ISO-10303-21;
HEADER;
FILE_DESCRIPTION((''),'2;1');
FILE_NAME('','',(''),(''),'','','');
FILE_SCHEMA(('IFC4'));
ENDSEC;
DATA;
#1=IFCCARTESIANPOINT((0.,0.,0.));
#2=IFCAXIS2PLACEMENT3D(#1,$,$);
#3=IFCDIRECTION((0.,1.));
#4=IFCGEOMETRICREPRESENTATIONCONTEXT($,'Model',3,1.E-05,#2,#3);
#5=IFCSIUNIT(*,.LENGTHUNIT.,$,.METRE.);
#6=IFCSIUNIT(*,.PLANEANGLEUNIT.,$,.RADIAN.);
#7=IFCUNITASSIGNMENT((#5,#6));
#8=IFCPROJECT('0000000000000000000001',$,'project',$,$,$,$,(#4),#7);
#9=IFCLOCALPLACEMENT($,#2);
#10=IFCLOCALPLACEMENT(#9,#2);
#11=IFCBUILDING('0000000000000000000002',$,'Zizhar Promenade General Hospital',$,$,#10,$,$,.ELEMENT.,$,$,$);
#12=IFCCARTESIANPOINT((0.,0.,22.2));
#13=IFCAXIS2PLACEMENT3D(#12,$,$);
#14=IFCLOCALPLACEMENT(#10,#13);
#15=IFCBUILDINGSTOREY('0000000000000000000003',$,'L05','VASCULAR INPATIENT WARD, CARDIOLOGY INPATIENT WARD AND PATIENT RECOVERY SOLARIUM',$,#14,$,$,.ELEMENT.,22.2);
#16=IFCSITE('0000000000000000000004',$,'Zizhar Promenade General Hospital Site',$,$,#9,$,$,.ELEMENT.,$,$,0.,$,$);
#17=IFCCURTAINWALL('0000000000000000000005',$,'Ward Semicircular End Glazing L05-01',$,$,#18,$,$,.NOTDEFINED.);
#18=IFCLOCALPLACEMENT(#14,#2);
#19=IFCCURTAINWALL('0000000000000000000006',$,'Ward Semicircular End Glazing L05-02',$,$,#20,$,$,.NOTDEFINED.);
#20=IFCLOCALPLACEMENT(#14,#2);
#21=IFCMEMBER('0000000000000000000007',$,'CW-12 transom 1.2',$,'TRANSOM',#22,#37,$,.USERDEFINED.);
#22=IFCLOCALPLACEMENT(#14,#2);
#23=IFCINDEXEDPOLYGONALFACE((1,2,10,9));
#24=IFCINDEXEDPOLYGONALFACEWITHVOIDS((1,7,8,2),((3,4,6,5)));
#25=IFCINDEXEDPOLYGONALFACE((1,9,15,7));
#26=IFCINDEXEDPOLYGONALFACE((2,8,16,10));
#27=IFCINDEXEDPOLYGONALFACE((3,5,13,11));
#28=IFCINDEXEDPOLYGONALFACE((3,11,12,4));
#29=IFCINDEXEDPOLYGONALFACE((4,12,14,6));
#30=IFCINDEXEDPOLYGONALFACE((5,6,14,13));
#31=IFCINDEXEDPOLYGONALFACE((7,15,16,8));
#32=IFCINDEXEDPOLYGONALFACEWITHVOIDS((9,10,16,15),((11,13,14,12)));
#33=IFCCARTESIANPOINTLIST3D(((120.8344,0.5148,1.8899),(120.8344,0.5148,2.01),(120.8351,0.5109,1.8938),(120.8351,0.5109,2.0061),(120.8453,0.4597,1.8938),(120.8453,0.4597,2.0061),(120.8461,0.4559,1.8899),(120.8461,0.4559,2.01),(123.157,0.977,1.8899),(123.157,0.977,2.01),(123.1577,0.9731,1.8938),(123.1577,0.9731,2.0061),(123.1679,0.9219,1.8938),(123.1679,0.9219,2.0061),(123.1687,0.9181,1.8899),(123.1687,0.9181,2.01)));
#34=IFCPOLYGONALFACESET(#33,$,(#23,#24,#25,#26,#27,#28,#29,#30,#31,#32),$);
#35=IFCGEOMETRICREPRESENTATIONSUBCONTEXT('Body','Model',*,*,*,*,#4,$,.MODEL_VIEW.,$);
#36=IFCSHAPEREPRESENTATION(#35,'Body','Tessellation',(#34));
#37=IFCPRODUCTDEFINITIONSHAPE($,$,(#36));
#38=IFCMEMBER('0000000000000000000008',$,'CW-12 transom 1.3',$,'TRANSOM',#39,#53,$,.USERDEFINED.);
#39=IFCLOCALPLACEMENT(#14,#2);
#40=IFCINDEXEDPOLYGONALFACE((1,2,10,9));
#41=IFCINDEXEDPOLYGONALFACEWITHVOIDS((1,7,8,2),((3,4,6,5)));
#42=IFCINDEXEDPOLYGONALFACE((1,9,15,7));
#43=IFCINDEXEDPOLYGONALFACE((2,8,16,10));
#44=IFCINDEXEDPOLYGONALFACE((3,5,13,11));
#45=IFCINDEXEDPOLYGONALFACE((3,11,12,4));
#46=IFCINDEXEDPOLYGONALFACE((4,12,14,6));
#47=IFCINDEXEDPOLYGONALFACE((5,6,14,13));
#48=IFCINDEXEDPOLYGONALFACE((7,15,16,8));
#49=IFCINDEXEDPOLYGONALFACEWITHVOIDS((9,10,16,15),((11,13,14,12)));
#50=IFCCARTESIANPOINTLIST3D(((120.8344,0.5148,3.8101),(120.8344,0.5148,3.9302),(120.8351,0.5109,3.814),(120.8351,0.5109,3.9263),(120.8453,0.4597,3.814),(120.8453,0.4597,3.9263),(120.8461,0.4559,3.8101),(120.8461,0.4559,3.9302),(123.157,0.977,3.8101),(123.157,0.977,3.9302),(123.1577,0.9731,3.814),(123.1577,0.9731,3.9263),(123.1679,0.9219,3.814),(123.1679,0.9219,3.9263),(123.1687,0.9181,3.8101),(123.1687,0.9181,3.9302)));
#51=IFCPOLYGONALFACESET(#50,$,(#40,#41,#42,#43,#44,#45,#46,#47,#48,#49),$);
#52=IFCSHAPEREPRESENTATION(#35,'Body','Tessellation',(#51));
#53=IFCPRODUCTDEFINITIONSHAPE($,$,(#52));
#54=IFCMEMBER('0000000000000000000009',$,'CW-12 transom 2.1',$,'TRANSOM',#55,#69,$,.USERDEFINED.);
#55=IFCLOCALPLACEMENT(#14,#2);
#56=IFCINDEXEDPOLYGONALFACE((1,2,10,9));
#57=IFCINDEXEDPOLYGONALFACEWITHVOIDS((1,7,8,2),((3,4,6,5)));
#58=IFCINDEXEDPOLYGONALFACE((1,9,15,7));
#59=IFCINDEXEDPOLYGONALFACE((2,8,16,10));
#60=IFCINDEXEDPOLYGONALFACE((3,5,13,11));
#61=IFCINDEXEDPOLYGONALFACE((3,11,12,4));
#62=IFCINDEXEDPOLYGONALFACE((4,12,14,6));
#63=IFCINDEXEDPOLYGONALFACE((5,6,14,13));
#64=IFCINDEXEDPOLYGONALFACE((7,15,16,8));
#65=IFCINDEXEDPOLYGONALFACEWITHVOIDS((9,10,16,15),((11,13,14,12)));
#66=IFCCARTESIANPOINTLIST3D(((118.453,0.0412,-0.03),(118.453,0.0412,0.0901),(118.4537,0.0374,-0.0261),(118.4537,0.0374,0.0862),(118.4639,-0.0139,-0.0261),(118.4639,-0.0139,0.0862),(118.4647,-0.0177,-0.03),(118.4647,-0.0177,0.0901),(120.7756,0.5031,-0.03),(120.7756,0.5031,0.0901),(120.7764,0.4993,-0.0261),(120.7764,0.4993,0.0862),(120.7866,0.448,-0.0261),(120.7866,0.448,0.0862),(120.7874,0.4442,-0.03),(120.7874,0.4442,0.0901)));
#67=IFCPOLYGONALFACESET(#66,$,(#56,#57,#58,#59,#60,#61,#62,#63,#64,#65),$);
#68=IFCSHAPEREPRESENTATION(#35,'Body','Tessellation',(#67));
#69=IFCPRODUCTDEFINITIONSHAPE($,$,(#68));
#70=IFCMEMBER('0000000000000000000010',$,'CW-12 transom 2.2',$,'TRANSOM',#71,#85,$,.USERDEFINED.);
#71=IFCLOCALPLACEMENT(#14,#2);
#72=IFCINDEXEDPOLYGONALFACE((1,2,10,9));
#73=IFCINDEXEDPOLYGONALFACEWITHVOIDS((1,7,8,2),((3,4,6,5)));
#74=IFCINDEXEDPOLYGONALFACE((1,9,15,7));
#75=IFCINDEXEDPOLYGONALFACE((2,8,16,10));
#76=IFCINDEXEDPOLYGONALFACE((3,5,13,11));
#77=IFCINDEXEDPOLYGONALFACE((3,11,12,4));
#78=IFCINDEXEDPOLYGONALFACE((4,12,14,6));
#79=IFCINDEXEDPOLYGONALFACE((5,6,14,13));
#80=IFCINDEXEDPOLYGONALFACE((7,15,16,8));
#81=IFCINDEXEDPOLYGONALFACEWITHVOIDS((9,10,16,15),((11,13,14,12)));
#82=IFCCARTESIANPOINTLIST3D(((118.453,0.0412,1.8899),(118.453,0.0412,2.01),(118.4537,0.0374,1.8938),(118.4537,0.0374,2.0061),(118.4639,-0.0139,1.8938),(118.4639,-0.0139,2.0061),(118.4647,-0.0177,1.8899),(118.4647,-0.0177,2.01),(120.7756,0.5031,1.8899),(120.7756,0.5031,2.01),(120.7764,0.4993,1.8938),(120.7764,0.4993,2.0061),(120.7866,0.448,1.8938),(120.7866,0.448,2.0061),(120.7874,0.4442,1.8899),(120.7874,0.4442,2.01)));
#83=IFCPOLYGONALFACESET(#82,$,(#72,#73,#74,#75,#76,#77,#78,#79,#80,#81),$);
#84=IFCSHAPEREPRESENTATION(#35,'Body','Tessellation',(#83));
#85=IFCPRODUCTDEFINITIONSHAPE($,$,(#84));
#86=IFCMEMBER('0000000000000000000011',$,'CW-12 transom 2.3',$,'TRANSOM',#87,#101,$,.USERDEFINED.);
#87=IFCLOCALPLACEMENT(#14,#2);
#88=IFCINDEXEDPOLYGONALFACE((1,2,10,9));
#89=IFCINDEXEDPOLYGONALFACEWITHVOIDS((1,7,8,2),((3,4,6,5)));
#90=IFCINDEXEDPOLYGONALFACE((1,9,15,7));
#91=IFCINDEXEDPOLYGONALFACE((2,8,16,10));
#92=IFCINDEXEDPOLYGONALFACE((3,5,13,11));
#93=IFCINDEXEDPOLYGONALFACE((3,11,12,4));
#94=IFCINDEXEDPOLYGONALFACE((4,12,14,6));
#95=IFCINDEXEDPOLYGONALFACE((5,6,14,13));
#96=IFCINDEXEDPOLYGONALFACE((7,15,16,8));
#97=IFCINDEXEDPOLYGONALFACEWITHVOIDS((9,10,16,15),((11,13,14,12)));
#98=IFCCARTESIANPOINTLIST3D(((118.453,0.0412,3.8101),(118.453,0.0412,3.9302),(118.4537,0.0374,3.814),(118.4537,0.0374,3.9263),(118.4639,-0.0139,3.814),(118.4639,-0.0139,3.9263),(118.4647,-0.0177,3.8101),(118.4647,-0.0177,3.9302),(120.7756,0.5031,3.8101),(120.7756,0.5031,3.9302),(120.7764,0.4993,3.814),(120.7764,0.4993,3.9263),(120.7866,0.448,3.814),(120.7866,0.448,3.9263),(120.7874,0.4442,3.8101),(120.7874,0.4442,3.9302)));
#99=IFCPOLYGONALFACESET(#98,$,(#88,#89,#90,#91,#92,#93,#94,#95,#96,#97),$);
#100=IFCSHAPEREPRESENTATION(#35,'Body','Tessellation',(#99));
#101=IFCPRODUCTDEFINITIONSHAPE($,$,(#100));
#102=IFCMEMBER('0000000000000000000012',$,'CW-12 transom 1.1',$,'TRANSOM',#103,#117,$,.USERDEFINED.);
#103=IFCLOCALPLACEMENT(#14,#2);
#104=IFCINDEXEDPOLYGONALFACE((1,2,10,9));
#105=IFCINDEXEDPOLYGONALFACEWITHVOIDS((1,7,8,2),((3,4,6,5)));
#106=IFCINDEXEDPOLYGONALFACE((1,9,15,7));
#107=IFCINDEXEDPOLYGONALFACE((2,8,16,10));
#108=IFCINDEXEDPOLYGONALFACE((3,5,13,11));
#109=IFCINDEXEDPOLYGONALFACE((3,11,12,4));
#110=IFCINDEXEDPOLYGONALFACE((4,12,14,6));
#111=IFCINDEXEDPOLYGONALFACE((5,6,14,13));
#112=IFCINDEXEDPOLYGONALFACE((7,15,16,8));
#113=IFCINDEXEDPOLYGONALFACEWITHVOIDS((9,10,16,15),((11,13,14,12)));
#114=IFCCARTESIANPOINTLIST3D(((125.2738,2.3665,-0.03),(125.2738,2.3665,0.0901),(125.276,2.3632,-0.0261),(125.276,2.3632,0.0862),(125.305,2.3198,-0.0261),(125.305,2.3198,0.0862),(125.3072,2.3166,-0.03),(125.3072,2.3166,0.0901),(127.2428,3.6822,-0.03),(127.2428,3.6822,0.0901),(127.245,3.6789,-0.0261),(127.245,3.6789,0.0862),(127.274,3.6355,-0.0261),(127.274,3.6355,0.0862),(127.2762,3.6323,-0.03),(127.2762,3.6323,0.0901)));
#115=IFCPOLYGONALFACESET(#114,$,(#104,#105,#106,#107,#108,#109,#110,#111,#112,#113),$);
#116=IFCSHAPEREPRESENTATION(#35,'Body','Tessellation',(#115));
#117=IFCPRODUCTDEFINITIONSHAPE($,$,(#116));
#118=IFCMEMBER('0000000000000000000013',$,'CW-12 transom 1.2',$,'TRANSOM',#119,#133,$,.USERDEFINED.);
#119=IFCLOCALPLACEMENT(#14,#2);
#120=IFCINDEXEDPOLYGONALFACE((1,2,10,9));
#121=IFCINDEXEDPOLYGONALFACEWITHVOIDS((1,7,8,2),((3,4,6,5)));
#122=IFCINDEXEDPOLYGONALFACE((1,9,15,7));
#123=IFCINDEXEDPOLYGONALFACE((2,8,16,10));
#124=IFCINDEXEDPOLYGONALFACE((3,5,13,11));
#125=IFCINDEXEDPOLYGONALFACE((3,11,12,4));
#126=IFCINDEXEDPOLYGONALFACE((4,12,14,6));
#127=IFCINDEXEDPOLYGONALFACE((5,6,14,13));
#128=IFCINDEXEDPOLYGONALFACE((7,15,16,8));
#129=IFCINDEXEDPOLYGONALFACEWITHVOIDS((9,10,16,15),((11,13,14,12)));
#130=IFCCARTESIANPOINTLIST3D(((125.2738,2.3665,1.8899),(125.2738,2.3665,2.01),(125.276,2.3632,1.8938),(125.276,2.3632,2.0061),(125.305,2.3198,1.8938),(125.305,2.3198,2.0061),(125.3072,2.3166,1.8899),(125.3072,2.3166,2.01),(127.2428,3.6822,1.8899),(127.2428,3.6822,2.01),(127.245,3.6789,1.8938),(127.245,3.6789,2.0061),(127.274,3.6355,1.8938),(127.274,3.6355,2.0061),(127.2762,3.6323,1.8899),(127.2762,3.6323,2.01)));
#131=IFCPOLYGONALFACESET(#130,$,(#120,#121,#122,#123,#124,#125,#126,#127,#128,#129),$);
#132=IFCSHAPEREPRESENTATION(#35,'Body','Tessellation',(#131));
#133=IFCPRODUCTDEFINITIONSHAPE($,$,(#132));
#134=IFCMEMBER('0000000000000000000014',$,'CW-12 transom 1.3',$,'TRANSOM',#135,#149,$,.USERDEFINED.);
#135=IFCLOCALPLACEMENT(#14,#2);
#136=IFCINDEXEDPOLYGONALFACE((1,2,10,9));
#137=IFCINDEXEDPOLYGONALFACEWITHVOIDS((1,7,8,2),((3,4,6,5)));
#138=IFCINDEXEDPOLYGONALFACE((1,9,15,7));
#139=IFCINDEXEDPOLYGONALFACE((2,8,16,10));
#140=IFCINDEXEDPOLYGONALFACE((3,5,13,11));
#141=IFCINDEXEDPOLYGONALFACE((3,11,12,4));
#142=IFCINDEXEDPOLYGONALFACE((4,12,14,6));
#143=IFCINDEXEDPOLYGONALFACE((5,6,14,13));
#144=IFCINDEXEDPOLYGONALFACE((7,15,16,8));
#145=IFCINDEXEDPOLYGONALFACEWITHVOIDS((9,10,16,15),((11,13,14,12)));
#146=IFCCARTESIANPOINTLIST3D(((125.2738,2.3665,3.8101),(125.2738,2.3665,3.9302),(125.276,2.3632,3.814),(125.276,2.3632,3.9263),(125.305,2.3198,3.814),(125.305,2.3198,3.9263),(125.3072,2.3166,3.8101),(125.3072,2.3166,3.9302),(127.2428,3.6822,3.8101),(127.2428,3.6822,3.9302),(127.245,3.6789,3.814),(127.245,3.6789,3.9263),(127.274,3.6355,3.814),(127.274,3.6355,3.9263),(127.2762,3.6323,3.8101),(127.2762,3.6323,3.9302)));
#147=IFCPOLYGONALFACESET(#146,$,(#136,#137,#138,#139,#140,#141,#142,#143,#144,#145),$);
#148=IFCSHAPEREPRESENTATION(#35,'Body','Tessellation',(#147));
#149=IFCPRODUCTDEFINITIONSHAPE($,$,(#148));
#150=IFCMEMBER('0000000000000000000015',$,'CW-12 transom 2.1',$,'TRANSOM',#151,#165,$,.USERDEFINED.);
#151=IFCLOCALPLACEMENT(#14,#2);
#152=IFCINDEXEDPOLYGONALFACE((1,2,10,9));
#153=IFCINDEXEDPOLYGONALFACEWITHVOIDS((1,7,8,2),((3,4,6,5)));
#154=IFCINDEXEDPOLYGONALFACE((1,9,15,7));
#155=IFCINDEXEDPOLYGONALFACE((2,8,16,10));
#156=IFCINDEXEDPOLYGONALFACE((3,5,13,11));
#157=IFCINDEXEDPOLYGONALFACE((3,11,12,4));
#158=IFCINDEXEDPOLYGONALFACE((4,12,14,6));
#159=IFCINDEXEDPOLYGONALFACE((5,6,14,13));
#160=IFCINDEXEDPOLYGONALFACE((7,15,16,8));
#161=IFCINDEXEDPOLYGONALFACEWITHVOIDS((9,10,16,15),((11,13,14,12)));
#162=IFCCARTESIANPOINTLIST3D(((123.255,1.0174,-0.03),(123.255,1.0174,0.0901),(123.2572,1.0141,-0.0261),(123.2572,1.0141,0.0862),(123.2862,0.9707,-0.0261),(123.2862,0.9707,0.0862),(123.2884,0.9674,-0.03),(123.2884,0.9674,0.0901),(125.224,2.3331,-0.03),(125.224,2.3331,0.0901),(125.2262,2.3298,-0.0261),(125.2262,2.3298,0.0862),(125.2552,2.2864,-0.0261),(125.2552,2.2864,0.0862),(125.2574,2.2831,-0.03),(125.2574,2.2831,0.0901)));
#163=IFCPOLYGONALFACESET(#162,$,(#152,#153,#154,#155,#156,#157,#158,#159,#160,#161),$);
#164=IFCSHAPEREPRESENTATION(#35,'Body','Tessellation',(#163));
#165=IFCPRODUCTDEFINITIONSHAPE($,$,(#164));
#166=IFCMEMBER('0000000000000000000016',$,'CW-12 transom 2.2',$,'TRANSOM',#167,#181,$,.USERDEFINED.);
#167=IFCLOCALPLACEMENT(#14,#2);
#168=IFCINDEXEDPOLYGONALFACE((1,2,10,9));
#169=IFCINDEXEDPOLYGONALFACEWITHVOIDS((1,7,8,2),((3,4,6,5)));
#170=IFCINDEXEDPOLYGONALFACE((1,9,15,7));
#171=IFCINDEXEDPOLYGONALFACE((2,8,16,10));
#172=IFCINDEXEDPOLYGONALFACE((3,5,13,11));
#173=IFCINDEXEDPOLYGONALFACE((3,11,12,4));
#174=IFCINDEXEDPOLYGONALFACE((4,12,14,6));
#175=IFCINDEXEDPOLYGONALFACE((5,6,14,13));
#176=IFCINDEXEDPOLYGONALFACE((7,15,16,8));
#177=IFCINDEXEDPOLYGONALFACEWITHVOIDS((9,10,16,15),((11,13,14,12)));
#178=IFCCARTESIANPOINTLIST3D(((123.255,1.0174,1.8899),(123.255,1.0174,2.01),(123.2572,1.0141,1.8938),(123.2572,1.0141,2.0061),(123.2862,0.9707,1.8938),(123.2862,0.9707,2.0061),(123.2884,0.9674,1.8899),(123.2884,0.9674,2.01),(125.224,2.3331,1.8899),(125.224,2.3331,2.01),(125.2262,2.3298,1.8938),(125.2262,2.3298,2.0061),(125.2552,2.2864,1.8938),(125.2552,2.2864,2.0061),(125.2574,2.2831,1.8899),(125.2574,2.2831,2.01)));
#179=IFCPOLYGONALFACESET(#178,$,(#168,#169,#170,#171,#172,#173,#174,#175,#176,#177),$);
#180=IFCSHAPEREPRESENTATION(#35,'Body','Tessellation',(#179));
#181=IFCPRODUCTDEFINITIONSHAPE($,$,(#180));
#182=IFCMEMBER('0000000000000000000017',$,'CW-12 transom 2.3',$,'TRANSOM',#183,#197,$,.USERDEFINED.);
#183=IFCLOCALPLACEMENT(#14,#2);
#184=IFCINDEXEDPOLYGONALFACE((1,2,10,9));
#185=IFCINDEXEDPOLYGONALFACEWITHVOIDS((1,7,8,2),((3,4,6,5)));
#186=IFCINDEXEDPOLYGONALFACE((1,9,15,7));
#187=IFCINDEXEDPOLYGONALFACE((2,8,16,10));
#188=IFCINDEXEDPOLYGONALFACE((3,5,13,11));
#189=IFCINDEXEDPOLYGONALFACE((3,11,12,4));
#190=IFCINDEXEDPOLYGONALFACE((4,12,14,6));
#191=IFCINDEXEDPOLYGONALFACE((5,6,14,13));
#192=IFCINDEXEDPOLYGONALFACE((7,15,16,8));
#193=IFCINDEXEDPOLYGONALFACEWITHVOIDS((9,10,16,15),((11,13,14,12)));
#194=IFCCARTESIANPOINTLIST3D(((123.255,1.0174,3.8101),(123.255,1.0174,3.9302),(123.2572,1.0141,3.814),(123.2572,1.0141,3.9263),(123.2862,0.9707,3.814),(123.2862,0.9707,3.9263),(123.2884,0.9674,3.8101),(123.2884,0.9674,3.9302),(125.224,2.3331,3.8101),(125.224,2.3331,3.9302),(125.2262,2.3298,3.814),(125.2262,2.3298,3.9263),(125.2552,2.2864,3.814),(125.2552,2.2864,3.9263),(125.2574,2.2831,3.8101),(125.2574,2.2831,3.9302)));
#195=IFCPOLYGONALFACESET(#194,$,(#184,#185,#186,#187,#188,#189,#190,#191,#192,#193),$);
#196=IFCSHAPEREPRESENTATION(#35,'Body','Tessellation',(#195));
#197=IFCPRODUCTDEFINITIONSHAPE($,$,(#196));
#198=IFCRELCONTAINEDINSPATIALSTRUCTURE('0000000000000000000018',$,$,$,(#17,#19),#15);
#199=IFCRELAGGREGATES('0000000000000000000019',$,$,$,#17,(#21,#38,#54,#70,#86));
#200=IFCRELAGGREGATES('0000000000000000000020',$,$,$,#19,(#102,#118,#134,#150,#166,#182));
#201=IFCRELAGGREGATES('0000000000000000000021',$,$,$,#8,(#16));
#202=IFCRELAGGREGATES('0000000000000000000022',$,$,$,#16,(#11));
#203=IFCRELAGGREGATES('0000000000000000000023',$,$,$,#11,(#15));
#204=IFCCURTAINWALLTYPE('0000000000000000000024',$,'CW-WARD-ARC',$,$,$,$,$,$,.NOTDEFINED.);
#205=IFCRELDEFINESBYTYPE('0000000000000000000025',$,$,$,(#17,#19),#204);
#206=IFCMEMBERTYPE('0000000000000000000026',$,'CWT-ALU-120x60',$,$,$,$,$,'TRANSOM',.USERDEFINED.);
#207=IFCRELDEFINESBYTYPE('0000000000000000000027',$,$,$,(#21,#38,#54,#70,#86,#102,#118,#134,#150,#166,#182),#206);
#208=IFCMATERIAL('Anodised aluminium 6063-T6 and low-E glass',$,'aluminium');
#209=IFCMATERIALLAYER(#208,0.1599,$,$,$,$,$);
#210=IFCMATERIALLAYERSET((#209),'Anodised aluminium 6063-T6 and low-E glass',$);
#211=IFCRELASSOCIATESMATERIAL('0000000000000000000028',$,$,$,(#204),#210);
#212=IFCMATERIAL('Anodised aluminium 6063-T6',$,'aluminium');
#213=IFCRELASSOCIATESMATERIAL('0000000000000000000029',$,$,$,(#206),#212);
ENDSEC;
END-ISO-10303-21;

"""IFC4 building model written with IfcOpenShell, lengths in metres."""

from ifc_helpers import new_model, si_unit, direction, frame, origin, origin_2d, place, context, subcontext, project, spatial, hollow_rectangle, extrude, material, layer, layer_set, material_profile, profile_set, type_object, element, aggregate, save


model = new_model("IFC4")

# Units and contexts
model_context = context("Model", 3, precision=1e-05, world=origin(), true_north=direction((0.0, 1.0)))
body_context = subcontext(model_context, "Body", "Model", "MODEL_VIEW")
ifc_project = project(units=[si_unit("LENGTHUNIT", "METRE"), si_unit("PLANEANGLEUNIT", "RADIAN")], contexts=[model_context])

# Site, building, storey
site_placement = place(None, origin())
site = spatial("IfcSite", under=ifc_project, at=site_placement, Name="Zizhar Promenade General Hospital Site", CompositionType="ELEMENT", RefElevation=0.0)
building_placement = place(site_placement, origin())
building = spatial("IfcBuilding", under=site, at=building_placement, Name="Zizhar Promenade General Hospital", CompositionType="ELEMENT")
storey_placement = place(building_placement, frame((0.0, 0.0, 22.2)))
storey = spatial("IfcBuildingStorey", under=building, at=storey_placement, Name="L05", Description="VASCULAR INPATIENT WARD, CARDIOLOGY INPATIENT WARD AND PATIENT RECOVERY SOLARIUM", CompositionType="ELEMENT", Elevation=22.2)

# Curtain walls
ifc_material_1 = material(Name="Anodised aluminium 6063-T6 and low-E glass", Category="aluminium")
ifc_layer_1 = layer(ifc_material_1, 0.1599)
ifc_layer_set_1 = layer_set([ifc_layer_1], Name="Anodised aluminium 6063-T6 and low-E glass")
curtain_wall_type = type_object("IfcCurtainWallType", Name="CW-WARD-ARC", PredefinedType="NOTDEFINED", material=ifc_layer_set_1)
curtain_wall_1_placement = place(storey_placement, origin())
curtain_wall_1 = element("IfcCurtainWall", 1, at=curtain_wall_1_placement, inside=storey, type_object=curtain_wall_type, Name="Ward Semicircular End Glazing L05-01", PredefinedType="NOTDEFINED")
curtain_wall_2_placement = place(storey_placement, origin())
curtain_wall_2 = element("IfcCurtainWall", 2, at=curtain_wall_2_placement, inside=storey, type_object=curtain_wall_type, Name="Ward Semicircular End Glazing L05-02", PredefinedType="NOTDEFINED")

# Members
ifc_material_2 = material(Name="Anodised aluminium 6063-T6", Category="aluminium")
ifc_material_profile_1 = material_profile(ifc_material_2, hollow_rectangle(XDim=0.0601, YDim=0.1201, WallThickness=0.0039, at=origin_2d()))
ifc_profile_set_1 = profile_set([ifc_material_profile_1], Name="Anodised aluminium 6063-T6")
member_type_1 = type_object("IfcMemberType", Name="CWT-ALU-120x60", ElementType="TRANSOM", PredefinedType="USERDEFINED", material=ifc_profile_set_1)
member_1_placement = place(storey_placement, frame((123.1628, 0.9475, 1.95), z_axis=(-0.980771, -0.195164, 0.0), x_axis=(0.195164, -0.980771, 0.0)))
member_1 = element("IfcMember", 3, at=member_1_placement, type_object=member_type_1, Name="CW-12 transom 1.2", ObjectType="TRANSOM", PredefinedType="USERDEFINED", context=body_context, shape_type="SweptSolid", body=[
    extrude(hollow_rectangle(XDim=0.0601, YDim=0.1201, WallThickness=0.0039, at=origin_2d()), origin(), (0.0, 0.0, 1.0), 2.3682),
])
member_2_placement = place(storey_placement, frame((123.1628, 0.9475, 3.8701), z_axis=(-0.980771, -0.195164, 0.0), x_axis=(0.195164, -0.980771, 0.0)))
member_2 = element("IfcMember", 4, at=member_2_placement, type_object=member_type_1, Name="CW-12 transom 1.3", ObjectType="TRANSOM", PredefinedType="USERDEFINED", context=body_context, shape_type="SweptSolid", body=[
    extrude(hollow_rectangle(XDim=0.0601, YDim=0.1201, WallThickness=0.0039, at=origin_2d()), origin(), (0.0, 0.0, 1.0), 2.3682),
])
member_3_placement = place(storey_placement, frame((120.7815, 0.4736, 0.03), z_axis=(-0.980794, -0.195045, 0.0), x_axis=(0.195045, -0.980794, 0.0)))
member_3 = element("IfcMember", 5, at=member_3_placement, type_object=member_type_1, Name="CW-12 transom 2.1", ObjectType="TRANSOM", PredefinedType="USERDEFINED", context=body_context, shape_type="SweptSolid", body=[
    extrude(hollow_rectangle(XDim=0.0601, YDim=0.1201, WallThickness=0.0039, at=origin_2d()), origin(), (0.0, 0.0, 1.0), 2.3682),
])
member_4_placement = place(storey_placement, frame((120.7815, 0.4736, 1.95), z_axis=(-0.980794, -0.195045, 0.0), x_axis=(0.195045, -0.980794, 0.0)))
member_4 = element("IfcMember", 6, at=member_4_placement, type_object=member_type_1, Name="CW-12 transom 2.2", ObjectType="TRANSOM", PredefinedType="USERDEFINED", context=body_context, shape_type="SweptSolid", body=[
    extrude(hollow_rectangle(XDim=0.0601, YDim=0.1201, WallThickness=0.0039, at=origin_2d()), origin(), (0.0, 0.0, 1.0), 2.3682),
])
member_5_placement = place(storey_placement, frame((120.7815, 0.4736, 3.8701), z_axis=(-0.980794, -0.195045, 0.0), x_axis=(0.195045, -0.980794, 0.0)))
member_5 = element("IfcMember", 7, at=member_5_placement, type_object=member_type_1, Name="CW-12 transom 2.3", ObjectType="TRANSOM", PredefinedType="USERDEFINED", context=body_context, shape_type="SweptSolid", body=[
    extrude(hollow_rectangle(XDim=0.0601, YDim=0.1201, WallThickness=0.0039, at=origin_2d()), origin(), (0.0, 0.0, 1.0), 2.3682),
])
member_6_placement = place(storey_placement, frame((127.2595, 3.6572, 0.03), z_axis=(-0.831463, -0.55558, 0.0), x_axis=(0.55558, -0.831463, 0.0)))
member_6 = element("IfcMember", 8, at=member_6_placement, type_object=member_type_1, Name="CW-12 transom 1.1", ObjectType="TRANSOM", PredefinedType="USERDEFINED", context=body_context, shape_type="SweptSolid", body=[
    extrude(hollow_rectangle(XDim=0.0601, YDim=0.1201, WallThickness=0.0039, at=origin_2d()), origin(), (0.0, 0.0, 1.0), 2.3682),
])
member_7_placement = place(storey_placement, frame((127.2595, 3.6572, 1.95), z_axis=(-0.831463, -0.55558, 0.0), x_axis=(0.55558, -0.831463, 0.0)))
member_7 = element("IfcMember", 9, at=member_7_placement, type_object=member_type_1, Name="CW-12 transom 1.2", ObjectType="TRANSOM", PredefinedType="USERDEFINED", context=body_context, shape_type="SweptSolid", body=[
    extrude(hollow_rectangle(XDim=0.0601, YDim=0.1201, WallThickness=0.0039, at=origin_2d()), origin(), (0.0, 0.0, 1.0), 2.3682),
])
member_8_placement = place(storey_placement, frame((127.2595, 3.6572, 3.8701), z_axis=(-0.831463, -0.55558, 0.0), x_axis=(0.55558, -0.831463, 0.0)))
member_8 = element("IfcMember", 10, at=member_8_placement, type_object=member_type_1, Name="CW-12 transom 1.3", ObjectType="TRANSOM", PredefinedType="USERDEFINED", context=body_context, shape_type="SweptSolid", body=[
    extrude(hollow_rectangle(XDim=0.0601, YDim=0.1201, WallThickness=0.0039, at=origin_2d()), origin(), (0.0, 0.0, 1.0), 2.3682),
])
member_9_placement = place(storey_placement, frame((125.2407, 2.3081, 0.03), z_axis=(-0.831463, -0.55558, 0.0), x_axis=(0.55558, -0.831463, 0.0)))
member_9 = element("IfcMember", 11, at=member_9_placement, type_object=member_type_1, Name="CW-12 transom 2.1", ObjectType="TRANSOM", PredefinedType="USERDEFINED", context=body_context, shape_type="SweptSolid", body=[
    extrude(hollow_rectangle(XDim=0.0601, YDim=0.1201, WallThickness=0.0039, at=origin_2d()), origin(), (0.0, 0.0, 1.0), 2.3682),
])
member_10_placement = place(storey_placement, frame((125.2407, 2.3081, 1.95), z_axis=(-0.831463, -0.55558, 0.0), x_axis=(0.55558, -0.831463, 0.0)))
member_10 = element("IfcMember", 12, at=member_10_placement, type_object=member_type_1, Name="CW-12 transom 2.2", ObjectType="TRANSOM", PredefinedType="USERDEFINED", context=body_context, shape_type="SweptSolid", body=[
    extrude(hollow_rectangle(XDim=0.0601, YDim=0.1201, WallThickness=0.0039, at=origin_2d()), origin(), (0.0, 0.0, 1.0), 2.3682),
])
member_11_placement = place(storey_placement, frame((125.2407, 2.3081, 3.8701), z_axis=(-0.831463, -0.55558, 0.0), x_axis=(0.55558, -0.831463, 0.0)))
member_11 = element("IfcMember", 13, at=member_11_placement, type_object=member_type_1, Name="CW-12 transom 2.3", ObjectType="TRANSOM", PredefinedType="USERDEFINED", context=body_context, shape_type="SweptSolid", body=[
    extrude(hollow_rectangle(XDim=0.0601, YDim=0.1201, WallThickness=0.0039, at=origin_2d()), origin(), (0.0, 0.0, 1.0), 2.3682),
])

aggregate(curtain_wall_1, [member_1, member_2, member_3, member_4, member_5])
aggregate(curtain_wall_2, [member_6, member_7, member_8, member_9, member_10, member_11])

save(model, "model.ifc")
